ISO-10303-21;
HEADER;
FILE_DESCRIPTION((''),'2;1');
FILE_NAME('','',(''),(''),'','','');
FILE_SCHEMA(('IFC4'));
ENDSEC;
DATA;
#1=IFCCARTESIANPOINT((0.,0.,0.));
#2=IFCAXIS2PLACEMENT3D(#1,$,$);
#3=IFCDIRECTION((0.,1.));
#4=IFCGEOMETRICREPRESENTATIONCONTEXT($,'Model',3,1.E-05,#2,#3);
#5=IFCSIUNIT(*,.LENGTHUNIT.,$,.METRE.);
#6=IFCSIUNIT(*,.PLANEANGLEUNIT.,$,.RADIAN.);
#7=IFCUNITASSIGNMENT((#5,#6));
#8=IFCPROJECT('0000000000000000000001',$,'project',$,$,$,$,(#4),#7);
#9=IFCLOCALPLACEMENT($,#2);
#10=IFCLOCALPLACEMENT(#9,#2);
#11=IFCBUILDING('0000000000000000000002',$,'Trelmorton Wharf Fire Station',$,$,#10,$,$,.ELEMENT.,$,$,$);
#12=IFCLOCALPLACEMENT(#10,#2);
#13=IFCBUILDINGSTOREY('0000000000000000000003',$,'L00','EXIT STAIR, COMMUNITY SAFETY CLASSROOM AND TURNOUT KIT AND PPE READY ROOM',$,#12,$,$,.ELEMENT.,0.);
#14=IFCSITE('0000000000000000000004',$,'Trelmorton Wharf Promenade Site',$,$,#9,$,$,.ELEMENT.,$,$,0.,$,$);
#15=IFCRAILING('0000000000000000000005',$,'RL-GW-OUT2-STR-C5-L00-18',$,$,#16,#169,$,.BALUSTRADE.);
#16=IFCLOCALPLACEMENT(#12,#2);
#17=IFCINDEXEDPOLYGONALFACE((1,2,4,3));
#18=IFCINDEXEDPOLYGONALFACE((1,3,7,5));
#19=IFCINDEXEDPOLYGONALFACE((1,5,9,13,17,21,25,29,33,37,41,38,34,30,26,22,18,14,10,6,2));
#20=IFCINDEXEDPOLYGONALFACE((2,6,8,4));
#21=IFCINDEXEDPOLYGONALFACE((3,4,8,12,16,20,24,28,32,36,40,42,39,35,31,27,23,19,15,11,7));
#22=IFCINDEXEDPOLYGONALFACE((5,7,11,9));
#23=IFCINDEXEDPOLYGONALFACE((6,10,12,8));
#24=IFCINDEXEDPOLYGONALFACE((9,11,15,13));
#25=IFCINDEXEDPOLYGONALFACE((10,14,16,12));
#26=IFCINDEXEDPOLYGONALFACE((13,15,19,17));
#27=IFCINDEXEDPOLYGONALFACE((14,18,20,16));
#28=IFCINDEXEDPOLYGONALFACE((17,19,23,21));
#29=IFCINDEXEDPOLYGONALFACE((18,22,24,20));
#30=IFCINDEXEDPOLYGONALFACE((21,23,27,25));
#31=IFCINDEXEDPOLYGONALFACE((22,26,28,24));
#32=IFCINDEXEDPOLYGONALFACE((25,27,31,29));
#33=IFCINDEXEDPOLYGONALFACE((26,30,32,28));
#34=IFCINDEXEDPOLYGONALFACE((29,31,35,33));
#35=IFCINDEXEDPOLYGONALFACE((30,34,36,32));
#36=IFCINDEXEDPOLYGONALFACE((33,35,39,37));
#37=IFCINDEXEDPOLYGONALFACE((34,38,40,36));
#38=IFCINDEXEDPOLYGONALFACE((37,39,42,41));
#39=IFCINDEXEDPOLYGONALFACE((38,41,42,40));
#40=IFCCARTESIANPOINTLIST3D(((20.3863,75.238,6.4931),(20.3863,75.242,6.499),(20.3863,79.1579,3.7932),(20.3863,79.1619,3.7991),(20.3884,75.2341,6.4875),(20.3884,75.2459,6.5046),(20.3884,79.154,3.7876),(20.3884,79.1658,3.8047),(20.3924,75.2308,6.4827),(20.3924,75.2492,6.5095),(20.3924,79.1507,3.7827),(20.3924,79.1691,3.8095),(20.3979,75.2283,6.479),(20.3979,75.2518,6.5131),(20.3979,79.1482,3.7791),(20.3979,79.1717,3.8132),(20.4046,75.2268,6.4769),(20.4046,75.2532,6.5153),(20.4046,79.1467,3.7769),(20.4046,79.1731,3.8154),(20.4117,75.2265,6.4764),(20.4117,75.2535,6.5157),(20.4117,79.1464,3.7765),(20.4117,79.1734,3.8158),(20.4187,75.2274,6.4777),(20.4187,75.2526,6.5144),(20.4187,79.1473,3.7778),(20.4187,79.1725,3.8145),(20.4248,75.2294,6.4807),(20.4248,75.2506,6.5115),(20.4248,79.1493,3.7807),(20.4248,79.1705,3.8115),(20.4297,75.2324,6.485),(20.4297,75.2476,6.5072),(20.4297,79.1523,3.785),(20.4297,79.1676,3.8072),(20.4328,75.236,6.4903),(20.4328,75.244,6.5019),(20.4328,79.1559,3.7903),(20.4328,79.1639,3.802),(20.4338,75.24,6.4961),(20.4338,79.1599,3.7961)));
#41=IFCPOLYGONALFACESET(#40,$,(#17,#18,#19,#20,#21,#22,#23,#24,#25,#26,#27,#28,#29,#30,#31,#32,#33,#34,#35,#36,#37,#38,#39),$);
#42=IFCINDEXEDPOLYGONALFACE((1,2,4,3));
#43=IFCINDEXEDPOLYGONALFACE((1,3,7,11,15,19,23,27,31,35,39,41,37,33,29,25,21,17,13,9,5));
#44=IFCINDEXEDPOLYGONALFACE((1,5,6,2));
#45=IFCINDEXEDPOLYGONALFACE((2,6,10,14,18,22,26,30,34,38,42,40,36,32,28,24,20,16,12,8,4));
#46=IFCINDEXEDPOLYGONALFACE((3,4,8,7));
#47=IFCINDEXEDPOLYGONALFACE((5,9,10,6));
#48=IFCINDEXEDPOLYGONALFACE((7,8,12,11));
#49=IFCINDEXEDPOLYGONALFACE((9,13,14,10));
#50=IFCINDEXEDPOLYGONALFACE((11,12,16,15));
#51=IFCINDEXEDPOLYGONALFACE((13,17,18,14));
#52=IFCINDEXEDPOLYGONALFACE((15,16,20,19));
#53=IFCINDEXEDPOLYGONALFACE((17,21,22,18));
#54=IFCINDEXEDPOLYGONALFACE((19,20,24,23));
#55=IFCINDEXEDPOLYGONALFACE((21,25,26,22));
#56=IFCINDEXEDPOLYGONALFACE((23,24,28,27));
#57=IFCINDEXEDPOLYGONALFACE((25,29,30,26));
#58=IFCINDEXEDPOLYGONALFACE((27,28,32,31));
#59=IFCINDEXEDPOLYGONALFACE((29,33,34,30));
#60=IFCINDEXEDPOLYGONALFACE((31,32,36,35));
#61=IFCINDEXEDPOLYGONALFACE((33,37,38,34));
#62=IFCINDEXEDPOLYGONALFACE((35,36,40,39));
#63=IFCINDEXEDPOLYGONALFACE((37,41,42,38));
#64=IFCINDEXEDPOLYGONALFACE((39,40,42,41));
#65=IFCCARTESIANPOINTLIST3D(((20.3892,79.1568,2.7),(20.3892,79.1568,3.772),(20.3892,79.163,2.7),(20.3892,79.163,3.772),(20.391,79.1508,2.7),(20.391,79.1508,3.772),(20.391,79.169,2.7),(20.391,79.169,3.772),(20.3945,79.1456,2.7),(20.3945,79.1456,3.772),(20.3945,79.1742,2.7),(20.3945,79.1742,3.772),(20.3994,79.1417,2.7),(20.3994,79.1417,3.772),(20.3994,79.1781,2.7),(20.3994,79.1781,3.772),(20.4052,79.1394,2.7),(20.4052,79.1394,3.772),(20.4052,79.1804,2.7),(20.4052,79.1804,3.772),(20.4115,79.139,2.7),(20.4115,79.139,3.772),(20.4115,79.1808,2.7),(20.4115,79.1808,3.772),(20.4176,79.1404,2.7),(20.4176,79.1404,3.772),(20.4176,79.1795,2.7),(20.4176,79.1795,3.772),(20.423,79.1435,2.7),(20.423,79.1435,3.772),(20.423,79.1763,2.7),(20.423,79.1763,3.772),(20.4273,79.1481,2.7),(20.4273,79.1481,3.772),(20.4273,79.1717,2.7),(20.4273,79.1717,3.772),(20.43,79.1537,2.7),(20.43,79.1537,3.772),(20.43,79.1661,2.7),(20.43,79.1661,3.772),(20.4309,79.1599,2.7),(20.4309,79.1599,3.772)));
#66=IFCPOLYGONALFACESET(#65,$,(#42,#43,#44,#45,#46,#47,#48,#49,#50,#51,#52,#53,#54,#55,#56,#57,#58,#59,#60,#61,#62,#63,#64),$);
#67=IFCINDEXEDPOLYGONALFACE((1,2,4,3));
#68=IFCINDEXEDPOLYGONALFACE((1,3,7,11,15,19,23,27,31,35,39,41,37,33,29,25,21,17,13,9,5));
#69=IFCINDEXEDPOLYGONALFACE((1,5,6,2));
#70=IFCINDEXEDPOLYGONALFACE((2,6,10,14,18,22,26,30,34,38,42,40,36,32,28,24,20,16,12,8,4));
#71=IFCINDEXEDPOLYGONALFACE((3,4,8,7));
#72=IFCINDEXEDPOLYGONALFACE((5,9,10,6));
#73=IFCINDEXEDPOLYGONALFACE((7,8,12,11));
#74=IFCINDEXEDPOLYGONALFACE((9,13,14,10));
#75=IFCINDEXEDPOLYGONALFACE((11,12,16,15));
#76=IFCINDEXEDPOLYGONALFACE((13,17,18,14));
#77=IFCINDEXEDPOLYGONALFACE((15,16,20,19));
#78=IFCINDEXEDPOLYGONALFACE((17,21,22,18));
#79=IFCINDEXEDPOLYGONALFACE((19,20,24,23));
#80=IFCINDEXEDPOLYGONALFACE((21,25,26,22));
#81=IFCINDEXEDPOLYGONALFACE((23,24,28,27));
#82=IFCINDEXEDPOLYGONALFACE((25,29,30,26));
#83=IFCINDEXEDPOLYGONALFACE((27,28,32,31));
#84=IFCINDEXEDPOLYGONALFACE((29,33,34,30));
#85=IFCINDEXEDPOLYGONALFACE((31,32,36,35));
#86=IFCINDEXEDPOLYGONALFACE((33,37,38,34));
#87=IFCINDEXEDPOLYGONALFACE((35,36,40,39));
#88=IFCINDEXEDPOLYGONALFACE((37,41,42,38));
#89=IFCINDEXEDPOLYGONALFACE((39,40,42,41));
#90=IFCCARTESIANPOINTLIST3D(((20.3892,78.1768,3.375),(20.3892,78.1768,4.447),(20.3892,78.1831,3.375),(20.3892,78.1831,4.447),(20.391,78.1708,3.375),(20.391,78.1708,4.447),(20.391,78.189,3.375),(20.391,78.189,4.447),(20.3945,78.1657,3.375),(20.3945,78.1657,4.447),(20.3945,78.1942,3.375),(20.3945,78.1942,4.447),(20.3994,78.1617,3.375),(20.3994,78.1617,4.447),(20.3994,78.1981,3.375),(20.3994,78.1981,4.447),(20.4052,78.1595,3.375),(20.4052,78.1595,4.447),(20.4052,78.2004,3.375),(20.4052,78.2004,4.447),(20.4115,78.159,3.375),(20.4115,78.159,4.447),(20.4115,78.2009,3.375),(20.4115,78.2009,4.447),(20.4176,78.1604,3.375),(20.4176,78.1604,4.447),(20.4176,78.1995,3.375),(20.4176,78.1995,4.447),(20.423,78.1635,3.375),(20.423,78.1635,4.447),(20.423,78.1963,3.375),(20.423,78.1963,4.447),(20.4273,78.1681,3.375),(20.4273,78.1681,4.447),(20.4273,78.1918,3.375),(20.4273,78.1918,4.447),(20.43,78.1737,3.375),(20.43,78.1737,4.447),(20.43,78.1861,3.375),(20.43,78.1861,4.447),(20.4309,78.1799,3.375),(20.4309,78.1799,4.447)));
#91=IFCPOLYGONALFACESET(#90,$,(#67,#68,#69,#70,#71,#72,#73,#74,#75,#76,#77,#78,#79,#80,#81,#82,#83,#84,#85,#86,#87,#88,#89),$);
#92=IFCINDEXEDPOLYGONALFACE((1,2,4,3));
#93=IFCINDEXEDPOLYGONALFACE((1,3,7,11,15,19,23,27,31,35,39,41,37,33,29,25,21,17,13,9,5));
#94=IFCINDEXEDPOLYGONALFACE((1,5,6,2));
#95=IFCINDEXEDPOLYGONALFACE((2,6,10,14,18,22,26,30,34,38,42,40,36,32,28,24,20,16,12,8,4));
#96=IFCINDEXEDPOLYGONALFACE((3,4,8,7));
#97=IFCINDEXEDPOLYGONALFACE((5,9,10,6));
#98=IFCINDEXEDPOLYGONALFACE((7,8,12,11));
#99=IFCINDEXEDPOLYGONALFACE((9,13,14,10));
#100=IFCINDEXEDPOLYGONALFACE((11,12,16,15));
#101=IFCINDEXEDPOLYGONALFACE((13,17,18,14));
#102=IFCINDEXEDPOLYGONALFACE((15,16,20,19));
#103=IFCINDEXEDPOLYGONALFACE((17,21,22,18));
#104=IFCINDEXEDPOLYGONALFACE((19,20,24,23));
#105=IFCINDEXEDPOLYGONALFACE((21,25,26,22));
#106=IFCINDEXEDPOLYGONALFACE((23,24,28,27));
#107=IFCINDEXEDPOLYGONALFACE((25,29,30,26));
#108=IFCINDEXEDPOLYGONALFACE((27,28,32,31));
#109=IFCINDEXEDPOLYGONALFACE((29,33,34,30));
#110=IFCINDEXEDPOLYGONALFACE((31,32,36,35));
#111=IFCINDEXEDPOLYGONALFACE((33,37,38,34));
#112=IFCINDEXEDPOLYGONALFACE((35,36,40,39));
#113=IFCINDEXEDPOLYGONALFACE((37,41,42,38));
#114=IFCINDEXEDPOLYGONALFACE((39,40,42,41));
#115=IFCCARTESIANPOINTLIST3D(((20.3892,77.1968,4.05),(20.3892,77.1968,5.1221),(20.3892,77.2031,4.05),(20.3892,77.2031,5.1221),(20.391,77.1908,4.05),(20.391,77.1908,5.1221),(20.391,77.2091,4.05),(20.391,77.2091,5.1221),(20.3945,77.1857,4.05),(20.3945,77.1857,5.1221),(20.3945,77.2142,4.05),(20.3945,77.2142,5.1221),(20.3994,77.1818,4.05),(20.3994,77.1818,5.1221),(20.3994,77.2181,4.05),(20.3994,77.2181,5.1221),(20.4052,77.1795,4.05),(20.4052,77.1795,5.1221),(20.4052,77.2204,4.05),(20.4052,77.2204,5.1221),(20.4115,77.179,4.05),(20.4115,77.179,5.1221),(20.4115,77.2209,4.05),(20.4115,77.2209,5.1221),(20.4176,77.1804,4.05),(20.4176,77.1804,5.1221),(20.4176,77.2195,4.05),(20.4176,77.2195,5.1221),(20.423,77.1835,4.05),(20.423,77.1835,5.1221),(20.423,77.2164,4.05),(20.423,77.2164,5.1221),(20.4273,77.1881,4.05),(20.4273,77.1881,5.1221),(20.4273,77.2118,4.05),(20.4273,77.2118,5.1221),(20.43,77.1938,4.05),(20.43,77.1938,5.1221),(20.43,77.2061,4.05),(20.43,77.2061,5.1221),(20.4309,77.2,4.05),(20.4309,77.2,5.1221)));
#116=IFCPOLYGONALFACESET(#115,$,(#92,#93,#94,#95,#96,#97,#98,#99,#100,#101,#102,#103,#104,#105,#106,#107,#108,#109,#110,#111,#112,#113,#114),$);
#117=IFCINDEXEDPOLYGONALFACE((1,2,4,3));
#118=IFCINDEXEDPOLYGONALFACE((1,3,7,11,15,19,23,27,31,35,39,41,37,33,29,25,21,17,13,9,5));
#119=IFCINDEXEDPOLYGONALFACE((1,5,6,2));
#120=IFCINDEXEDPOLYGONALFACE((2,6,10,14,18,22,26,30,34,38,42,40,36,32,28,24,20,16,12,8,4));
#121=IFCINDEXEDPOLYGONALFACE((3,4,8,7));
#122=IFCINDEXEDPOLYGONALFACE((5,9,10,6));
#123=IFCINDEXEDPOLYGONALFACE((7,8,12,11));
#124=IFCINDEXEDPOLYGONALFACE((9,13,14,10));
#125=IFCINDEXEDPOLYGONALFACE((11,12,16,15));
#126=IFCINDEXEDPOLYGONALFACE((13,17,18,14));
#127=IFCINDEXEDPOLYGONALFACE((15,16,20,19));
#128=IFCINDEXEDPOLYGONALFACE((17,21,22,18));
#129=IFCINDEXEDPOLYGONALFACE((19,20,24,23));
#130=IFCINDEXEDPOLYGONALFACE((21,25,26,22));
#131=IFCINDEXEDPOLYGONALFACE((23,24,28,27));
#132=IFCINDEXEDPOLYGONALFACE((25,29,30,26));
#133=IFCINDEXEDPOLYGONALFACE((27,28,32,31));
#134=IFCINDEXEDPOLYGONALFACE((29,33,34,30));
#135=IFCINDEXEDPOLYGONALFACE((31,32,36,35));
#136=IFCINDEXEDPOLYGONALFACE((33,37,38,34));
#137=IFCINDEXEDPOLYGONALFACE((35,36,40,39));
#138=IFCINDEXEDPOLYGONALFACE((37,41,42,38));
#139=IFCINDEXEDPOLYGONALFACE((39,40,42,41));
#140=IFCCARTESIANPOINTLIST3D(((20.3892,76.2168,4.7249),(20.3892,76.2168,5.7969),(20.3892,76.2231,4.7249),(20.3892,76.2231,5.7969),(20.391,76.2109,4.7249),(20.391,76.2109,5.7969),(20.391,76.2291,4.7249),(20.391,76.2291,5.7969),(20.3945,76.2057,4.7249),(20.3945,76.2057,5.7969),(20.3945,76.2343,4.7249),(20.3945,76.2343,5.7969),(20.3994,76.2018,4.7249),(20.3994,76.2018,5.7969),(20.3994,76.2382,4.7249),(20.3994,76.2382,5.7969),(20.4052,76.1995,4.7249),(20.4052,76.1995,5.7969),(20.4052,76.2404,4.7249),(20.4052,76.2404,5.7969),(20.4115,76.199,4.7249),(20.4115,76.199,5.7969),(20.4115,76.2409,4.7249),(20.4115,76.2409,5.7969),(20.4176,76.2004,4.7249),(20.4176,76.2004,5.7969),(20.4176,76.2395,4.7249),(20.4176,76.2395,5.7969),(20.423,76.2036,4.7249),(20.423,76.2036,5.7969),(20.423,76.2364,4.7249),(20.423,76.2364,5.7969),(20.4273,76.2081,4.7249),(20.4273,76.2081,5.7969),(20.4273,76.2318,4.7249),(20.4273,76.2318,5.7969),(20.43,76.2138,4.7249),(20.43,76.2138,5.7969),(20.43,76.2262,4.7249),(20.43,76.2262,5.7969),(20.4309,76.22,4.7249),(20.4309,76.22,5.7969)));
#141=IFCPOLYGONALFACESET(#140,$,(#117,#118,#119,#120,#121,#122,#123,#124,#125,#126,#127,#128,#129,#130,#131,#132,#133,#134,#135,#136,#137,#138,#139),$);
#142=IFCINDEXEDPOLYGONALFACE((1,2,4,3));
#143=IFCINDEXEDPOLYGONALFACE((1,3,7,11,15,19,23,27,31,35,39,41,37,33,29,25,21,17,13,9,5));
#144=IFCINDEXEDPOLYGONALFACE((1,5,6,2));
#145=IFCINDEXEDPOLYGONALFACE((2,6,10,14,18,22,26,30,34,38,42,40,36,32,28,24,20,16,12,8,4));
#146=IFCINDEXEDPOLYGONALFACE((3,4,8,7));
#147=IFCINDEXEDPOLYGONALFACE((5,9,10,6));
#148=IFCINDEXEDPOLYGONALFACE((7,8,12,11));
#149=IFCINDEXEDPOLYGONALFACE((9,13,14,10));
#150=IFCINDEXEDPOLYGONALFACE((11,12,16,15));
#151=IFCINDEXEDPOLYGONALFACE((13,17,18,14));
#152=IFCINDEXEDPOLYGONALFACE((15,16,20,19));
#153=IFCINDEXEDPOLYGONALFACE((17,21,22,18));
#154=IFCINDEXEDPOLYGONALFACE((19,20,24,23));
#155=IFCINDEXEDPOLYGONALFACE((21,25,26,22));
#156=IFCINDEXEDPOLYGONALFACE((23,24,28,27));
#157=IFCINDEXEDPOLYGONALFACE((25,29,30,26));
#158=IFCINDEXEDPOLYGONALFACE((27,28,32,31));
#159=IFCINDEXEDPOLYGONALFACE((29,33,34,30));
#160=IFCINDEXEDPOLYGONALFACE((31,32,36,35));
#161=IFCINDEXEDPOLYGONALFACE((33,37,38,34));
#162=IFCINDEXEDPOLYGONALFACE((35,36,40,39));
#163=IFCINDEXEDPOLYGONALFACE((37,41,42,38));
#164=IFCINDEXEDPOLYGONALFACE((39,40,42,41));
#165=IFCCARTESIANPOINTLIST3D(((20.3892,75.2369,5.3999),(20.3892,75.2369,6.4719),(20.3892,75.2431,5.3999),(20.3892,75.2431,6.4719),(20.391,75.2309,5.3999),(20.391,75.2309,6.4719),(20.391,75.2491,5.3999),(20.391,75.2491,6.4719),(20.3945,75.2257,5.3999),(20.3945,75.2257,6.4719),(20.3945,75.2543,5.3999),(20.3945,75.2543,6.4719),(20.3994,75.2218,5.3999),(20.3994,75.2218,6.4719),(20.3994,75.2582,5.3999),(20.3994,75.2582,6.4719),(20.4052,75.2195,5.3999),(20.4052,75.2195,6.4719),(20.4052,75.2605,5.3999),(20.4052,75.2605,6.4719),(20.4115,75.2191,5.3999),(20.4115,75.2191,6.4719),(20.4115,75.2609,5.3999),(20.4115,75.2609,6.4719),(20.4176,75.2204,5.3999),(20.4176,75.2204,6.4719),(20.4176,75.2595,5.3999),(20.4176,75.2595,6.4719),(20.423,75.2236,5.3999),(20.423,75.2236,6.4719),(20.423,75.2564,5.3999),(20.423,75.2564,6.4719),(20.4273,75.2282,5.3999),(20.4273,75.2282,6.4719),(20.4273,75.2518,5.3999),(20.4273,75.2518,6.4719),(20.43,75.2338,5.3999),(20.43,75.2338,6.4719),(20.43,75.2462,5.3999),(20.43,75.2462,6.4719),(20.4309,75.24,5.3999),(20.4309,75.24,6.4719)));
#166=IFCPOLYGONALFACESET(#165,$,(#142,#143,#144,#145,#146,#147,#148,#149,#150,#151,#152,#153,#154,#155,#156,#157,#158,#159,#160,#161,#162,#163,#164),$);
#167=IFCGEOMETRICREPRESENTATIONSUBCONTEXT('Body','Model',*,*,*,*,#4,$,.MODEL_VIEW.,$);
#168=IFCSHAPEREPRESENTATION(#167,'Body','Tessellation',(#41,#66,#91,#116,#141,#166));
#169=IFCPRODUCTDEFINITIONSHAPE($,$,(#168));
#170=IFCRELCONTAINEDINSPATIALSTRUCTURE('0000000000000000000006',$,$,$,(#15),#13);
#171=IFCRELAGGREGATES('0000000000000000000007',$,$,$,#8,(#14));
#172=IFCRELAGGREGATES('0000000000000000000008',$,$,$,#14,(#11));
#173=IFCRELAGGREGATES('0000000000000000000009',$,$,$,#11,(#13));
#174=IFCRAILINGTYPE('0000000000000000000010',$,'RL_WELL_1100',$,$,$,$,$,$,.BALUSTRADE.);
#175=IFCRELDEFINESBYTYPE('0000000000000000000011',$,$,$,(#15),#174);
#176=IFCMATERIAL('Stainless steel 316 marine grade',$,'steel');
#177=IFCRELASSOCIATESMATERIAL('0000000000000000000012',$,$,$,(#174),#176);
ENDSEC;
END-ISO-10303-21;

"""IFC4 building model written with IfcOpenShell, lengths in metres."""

from ifc_helpers import new_model, si_unit, direction, frame, origin, origin_2d, place, context, subcontext, project, spatial, circle, extrude, material, type_object, element, save


model = new_model("IFC4")

# Units and contexts
model_context = context("Model", 3, precision=1e-05, world=origin(), true_north=direction((0.0, 1.0)))
body_context = subcontext(model_context, "Body", "Model", "MODEL_VIEW")
ifc_project = project(units=[si_unit("LENGTHUNIT", "METRE"), si_unit("PLANEANGLEUNIT", "RADIAN")], contexts=[model_context])

# Site, building, storey
site_placement = place(None, origin())
site = spatial("IfcSite", under=ifc_project, at=site_placement, Name="Trelmorton Wharf Promenade Site", CompositionType="ELEMENT", RefElevation=0.0)
building_placement = place(site_placement, origin())
building = spatial("IfcBuilding", under=site, at=building_placement, Name="Trelmorton Wharf Fire Station", CompositionType="ELEMENT")
storey_placement = place(building_placement, origin())
storey = spatial("IfcBuildingStorey", under=building, at=storey_placement, Name="L00", Description="EXIT STAIR, COMMUNITY SAFETY CLASSROOM AND TURNOUT KIT AND PPE READY ROOM", CompositionType="ELEMENT", Elevation=0.0)

# Shared definitions
ifc_material_1 = material(Name="Stainless steel 316 marine grade", Category="steel")

# Railing
railing_type_1 = type_object("IfcRailingType", Name="RL_WELL_1100", PredefinedType="BALUSTRADE", material=ifc_material_1)
railing_1_placement = place(storey_placement, frame((20.4099, 79.1599, 2.7)))
element("IfcRailing", 1, at=railing_1_placement, inside=storey, type_object=railing_type_1, Name="RL-GW-OUT2-STR-C5-L00-18", PredefinedType="BALUSTRADE", context=body_context, shape_type="SweptSolid", body=[
    extrude(circle(Radius=0.0239, at=origin_2d()), frame((0.0, 0.0, 1.0962), z_axis=(0.0, -0.823551, 0.567243), x_axis=(1.0, 0.0, 0.0)), (0.0, 0.0, 1.0), 4.7598),
    extrude(circle(Radius=0.021, at=origin_2d()), origin(), (0.0, 0.0, 1.0), 1.072),
    extrude(circle(Radius=0.021, at=origin_2d()), frame((0.0, -0.98, 0.675)), (0.0, 0.0, 1.0), 1.072),
    extrude(circle(Radius=0.021, at=origin_2d()), frame((0.0, -1.96, 1.3501)), (0.0, 0.0, 1.0), 1.072),
    extrude(circle(Radius=0.021, at=origin_2d()), frame((0.0, -2.9399, 2.0249)), (0.0, 0.0, 1.0), 1.072),
    extrude(circle(Radius=0.021, at=origin_2d()), frame((0.0, -3.9199, 2.7)), (0.0, 0.0, 1.0), 1.072),
])

save(model, "model.ifc")
